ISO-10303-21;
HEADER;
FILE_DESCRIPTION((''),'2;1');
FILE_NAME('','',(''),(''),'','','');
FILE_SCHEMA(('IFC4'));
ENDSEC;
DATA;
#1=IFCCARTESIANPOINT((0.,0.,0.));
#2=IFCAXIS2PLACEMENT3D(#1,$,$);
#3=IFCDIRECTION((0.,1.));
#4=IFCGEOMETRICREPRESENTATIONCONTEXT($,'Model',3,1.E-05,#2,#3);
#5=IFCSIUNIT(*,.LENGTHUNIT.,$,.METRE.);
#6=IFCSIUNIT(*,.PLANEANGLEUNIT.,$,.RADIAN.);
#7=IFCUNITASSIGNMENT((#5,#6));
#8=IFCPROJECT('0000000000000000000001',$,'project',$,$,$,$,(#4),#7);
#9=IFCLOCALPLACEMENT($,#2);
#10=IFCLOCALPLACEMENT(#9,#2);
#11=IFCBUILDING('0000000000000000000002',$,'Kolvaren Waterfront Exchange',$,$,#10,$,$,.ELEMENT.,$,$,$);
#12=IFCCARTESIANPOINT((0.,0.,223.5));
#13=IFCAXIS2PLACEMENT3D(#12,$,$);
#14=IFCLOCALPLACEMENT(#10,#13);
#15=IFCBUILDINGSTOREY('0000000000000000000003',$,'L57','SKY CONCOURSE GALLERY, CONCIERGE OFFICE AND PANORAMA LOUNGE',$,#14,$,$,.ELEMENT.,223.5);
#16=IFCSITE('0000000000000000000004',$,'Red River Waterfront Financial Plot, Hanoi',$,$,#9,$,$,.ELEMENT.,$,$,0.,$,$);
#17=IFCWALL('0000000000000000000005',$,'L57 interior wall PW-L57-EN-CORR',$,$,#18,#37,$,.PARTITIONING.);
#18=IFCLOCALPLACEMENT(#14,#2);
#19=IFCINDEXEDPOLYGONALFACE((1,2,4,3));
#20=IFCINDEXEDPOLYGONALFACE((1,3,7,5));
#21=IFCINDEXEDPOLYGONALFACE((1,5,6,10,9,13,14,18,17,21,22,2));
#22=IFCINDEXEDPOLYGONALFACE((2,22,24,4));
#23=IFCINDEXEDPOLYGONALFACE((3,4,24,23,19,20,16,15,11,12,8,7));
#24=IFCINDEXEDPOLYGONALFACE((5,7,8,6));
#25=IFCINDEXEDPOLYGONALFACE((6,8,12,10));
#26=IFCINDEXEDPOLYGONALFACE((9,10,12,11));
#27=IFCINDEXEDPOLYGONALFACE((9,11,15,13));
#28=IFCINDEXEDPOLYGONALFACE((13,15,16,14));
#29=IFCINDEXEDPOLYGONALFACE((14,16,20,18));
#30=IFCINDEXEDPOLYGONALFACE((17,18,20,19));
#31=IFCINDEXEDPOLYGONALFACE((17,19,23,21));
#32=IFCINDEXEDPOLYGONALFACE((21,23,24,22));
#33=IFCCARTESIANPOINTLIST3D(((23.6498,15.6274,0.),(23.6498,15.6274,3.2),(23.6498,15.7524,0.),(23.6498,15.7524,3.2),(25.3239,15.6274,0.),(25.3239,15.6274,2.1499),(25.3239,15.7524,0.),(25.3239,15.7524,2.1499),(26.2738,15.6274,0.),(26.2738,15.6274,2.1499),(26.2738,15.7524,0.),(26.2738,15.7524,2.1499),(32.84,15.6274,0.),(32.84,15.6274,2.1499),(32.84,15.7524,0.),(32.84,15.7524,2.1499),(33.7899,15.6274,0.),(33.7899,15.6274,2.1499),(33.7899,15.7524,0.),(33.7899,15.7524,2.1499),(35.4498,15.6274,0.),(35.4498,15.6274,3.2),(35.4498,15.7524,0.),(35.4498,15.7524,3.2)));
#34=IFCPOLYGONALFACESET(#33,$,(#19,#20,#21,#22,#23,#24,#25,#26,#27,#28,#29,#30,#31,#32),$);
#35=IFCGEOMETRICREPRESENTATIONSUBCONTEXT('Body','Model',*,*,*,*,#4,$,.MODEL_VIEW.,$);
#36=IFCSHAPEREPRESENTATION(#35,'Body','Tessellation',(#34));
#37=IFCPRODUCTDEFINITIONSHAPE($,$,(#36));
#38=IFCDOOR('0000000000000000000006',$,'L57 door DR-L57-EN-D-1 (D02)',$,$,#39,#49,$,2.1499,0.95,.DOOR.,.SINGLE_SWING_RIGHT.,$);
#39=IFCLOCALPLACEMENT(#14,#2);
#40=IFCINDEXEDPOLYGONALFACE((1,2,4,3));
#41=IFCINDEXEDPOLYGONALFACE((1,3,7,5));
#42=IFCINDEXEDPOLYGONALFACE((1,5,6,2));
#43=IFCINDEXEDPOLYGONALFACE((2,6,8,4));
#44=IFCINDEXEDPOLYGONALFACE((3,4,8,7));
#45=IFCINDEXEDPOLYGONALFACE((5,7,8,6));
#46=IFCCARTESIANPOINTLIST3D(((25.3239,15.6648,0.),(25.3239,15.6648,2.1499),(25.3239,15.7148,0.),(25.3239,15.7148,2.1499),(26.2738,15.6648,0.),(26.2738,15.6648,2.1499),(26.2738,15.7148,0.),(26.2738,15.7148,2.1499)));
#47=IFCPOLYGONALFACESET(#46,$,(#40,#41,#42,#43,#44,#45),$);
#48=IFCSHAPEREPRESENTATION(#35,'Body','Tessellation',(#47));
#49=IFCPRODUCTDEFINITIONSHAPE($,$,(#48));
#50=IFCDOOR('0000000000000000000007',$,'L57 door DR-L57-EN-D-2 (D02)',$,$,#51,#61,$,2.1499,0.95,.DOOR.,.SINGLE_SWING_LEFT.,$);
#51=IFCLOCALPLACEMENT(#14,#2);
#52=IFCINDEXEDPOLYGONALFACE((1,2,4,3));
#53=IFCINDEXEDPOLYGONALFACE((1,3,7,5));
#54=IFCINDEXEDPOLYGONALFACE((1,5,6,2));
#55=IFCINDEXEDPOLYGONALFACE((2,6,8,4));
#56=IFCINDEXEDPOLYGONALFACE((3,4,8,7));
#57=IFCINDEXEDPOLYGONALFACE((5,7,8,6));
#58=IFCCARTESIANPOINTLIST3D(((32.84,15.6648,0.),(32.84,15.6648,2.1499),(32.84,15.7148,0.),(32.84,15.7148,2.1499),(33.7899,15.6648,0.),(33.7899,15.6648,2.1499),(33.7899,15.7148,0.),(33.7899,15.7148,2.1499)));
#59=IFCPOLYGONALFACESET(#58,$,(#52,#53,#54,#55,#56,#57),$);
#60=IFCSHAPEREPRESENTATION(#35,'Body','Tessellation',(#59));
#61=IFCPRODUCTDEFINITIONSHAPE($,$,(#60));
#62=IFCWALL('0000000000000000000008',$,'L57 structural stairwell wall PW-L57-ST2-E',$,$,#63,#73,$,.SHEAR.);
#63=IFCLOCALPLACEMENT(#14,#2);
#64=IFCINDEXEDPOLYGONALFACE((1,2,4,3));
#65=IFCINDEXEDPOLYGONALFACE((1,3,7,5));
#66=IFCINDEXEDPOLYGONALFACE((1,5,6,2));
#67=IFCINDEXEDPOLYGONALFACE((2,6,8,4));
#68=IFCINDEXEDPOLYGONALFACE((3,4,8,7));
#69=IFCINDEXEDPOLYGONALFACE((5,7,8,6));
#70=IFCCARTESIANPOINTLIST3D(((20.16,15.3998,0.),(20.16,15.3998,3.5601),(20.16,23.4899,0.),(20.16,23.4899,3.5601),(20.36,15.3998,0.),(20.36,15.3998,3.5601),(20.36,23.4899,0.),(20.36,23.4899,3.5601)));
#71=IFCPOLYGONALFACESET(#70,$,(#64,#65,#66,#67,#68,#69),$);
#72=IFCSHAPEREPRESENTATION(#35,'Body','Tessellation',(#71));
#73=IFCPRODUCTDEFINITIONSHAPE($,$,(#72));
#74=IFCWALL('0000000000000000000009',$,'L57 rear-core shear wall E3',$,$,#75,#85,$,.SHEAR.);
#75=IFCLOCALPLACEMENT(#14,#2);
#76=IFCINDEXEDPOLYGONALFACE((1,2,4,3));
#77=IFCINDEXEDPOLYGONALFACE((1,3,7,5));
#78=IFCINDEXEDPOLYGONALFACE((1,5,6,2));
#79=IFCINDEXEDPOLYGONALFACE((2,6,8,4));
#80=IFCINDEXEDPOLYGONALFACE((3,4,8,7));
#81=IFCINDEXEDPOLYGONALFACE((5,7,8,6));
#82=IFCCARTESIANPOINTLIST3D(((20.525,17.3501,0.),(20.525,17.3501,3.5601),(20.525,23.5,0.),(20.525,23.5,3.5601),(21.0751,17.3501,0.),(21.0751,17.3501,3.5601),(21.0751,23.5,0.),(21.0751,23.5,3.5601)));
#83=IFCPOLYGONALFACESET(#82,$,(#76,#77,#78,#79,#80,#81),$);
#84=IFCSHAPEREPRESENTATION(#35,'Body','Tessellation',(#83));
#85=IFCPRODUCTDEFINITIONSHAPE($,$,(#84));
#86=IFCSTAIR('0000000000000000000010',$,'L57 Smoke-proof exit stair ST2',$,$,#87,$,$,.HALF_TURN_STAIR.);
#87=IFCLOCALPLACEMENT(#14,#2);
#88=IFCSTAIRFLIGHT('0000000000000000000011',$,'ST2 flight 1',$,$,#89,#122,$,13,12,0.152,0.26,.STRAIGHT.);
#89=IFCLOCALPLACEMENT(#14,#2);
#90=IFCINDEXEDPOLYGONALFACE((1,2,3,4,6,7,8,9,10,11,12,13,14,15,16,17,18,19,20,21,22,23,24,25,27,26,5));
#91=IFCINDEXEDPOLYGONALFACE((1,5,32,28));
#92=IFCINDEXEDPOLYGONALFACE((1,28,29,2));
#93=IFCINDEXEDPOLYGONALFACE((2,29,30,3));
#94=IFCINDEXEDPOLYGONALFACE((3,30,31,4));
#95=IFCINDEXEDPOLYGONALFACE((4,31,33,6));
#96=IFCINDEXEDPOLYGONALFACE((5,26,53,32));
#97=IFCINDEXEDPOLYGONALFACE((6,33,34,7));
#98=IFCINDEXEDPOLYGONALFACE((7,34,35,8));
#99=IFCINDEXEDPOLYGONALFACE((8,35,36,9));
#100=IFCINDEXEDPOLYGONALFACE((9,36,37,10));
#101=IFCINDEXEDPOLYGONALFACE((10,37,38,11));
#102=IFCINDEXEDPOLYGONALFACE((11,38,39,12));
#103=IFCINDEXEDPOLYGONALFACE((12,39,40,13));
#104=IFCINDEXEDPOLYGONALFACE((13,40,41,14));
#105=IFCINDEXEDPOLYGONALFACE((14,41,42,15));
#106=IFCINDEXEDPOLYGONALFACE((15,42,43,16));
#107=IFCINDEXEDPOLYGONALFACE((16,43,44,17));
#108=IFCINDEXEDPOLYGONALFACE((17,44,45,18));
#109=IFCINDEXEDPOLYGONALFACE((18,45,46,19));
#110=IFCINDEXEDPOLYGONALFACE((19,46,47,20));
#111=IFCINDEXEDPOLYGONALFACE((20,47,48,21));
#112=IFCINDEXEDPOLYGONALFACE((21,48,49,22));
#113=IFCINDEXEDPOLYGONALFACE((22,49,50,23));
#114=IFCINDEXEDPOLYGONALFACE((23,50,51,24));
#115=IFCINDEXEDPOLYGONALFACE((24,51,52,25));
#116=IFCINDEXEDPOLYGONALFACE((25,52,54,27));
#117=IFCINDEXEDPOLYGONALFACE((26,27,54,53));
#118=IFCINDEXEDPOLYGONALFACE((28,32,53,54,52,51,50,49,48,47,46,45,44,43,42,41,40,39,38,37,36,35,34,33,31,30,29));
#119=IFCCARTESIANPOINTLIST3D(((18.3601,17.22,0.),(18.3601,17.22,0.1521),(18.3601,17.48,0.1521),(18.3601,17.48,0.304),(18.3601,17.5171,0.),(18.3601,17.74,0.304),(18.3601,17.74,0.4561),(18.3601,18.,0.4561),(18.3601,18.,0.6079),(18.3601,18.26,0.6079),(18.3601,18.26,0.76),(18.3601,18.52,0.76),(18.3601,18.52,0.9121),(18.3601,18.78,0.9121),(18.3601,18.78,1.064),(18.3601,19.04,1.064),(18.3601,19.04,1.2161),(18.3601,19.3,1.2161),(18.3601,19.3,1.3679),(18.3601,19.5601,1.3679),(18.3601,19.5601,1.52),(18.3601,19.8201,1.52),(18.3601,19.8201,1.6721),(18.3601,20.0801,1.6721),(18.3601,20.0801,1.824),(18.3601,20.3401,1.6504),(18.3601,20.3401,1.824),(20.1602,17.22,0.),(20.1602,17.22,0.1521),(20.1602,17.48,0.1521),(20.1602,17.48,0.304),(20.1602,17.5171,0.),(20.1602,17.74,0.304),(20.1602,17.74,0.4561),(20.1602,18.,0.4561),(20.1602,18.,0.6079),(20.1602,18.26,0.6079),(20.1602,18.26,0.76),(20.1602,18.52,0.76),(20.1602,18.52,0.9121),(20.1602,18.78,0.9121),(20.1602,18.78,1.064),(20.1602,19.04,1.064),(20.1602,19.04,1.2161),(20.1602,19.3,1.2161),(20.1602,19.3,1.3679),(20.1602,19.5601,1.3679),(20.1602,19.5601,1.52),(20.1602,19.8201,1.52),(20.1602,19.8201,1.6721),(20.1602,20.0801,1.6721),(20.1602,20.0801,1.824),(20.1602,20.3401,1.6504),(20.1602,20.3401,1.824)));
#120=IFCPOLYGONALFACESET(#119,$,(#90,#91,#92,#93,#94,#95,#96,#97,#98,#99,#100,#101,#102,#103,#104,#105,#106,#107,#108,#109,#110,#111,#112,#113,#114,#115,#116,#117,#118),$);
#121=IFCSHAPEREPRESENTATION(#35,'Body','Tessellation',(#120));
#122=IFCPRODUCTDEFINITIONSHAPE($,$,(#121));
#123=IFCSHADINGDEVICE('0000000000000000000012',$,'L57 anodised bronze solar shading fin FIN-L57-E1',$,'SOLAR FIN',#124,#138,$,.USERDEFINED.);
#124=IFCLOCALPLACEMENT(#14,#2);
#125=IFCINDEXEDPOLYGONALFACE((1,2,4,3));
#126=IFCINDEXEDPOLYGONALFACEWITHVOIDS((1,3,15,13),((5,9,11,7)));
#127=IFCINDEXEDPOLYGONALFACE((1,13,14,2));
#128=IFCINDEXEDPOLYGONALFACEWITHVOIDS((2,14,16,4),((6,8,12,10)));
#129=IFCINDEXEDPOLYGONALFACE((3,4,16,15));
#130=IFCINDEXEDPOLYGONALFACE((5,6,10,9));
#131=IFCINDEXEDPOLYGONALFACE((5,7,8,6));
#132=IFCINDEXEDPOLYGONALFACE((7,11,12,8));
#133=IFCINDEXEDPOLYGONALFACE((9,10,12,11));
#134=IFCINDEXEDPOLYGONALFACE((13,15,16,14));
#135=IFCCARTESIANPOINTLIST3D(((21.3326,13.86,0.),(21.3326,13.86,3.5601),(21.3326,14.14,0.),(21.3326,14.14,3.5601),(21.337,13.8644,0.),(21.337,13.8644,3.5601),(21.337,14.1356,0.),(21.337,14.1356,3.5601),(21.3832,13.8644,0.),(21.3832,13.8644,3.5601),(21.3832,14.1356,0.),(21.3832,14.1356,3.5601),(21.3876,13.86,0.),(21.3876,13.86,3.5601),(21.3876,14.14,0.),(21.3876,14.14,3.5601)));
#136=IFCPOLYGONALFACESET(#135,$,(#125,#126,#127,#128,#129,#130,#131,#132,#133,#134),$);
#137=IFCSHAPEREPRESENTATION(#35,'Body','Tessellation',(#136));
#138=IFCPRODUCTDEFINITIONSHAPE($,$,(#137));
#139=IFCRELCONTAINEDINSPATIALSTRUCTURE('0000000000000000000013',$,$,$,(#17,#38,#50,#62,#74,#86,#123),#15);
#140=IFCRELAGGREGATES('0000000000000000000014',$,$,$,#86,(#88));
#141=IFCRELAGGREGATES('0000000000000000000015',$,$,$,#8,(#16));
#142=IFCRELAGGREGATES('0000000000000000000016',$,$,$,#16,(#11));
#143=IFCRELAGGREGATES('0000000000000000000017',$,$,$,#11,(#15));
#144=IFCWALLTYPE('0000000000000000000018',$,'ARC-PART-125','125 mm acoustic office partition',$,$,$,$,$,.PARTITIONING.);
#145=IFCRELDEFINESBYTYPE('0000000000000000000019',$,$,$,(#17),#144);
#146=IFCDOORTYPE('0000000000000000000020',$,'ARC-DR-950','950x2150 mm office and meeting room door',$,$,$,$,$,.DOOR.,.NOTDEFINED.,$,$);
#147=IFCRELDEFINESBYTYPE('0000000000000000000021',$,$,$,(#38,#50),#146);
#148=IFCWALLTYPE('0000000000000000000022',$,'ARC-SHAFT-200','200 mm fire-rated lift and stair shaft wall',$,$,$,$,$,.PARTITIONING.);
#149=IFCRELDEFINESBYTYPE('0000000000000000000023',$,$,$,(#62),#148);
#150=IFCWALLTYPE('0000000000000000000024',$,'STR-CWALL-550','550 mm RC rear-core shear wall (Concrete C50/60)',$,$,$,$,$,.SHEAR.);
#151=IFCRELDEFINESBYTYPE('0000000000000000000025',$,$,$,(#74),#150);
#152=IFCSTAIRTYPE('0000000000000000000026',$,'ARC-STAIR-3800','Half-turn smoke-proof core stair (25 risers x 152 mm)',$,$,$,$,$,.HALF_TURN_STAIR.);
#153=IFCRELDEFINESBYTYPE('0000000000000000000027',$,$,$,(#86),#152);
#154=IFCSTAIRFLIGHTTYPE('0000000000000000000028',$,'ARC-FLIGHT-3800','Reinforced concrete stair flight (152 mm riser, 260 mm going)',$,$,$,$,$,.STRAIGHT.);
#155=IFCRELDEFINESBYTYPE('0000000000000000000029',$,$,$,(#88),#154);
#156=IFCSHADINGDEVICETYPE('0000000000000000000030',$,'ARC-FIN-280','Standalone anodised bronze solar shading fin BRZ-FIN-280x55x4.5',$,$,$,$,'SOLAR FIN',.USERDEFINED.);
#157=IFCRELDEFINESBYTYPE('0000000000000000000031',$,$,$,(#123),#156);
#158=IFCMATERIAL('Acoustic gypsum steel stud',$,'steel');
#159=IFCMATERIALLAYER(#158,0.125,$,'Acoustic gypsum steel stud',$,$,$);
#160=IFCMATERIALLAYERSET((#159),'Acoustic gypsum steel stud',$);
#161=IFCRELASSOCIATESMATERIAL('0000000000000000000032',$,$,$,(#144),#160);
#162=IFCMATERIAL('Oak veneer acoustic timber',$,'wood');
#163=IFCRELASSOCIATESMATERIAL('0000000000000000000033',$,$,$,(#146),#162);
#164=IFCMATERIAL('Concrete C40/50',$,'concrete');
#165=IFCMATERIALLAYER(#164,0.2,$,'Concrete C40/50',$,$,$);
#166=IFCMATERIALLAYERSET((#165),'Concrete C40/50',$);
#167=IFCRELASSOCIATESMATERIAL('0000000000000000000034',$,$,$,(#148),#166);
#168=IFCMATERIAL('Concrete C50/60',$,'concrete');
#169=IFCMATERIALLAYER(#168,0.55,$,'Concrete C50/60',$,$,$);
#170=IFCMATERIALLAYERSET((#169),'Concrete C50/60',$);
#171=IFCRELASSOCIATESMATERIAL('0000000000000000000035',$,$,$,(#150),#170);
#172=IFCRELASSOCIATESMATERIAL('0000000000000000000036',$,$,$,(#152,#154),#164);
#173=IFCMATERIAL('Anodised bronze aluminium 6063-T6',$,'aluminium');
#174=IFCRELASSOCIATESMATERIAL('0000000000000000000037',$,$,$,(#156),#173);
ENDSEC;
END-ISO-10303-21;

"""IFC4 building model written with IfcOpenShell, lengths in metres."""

from ifc_helpers import new_model, si_unit, direction, frame, frame_2d, origin, origin_2d, place, context, subcontext, project, spatial, polyline, rectangle, hollow_rectangle, outline, extrude, material, layer, layer_set, material_profile, profile_set, type_object, element, fill, aggregate, save


model = new_model("IFC4")

# Units and contexts
model_context = context("Model", 3, precision=1e-05, world=origin(), true_north=direction((0.0, 1.0)))
body_context = subcontext(model_context, "Body", "Model", "MODEL_VIEW")
ifc_project = project(units=[si_unit("LENGTHUNIT", "METRE"), si_unit("PLANEANGLEUNIT", "RADIAN")], contexts=[model_context])

# Site, building, storey
site_placement = place(None, origin())
site = spatial("IfcSite", under=ifc_project, at=site_placement, Name="Red River Waterfront Financial Plot, Hanoi", CompositionType="ELEMENT", RefElevation=0.0)
building_placement = place(site_placement, origin())
building = spatial("IfcBuilding", under=site, at=building_placement, Name="Kolvaren Waterfront Exchange", CompositionType="ELEMENT")
storey_placement = place(building_placement, frame((0.0, 0.0, 223.5)))
storey = spatial("IfcBuildingStorey", under=building, at=storey_placement, Name="L57", Description="SKY CONCOURSE GALLERY, CONCIERGE OFFICE AND PANORAMA LOUNGE", CompositionType="ELEMENT", Elevation=223.5)

# Shared definitions
ifc_material_1 = material(Name="Concrete C50/60", Category="concrete")

# Shared definitions
ifc_material_2 = material(Name="Anodised bronze aluminium 6063-T6", Category="aluminium")

# Shared definitions
ifc_material_3 = material(Name="Acoustic gypsum steel stud", Category="steel")
ifc_layer_1 = layer(ifc_material_3, 0.125, Name="Acoustic gypsum steel stud")
ifc_layer_set_1 = layer_set([ifc_layer_1], Name="Acoustic gypsum steel stud")
wall_type_1 = type_object("IfcWallType", Name="ARC-PART-125", Description="125 mm acoustic office partition", PredefinedType="PARTITIONING", material=ifc_layer_set_1)
ifc_material_4 = material(Name="Oak veneer acoustic timber", Category="wood")
door_type = type_object("IfcDoorType", Name="ARC-DR-950", Description="950x2150 mm office and meeting room door", OperationType="NOTDEFINED", PredefinedType="DOOR", material=ifc_material_4)

# Wall, openings, doors
wall_1_placement = place(storey_placement, frame((23.6499, 15.6899, 0.0), z_axis=(0.0, 0.0, 1.0), x_axis=(1.0, 0.0, 0.0)))
wall_1 = element("IfcWall", 1, at=wall_1_placement, inside=storey, type_object=wall_type_1, Name="L57 interior wall PW-L57-EN-CORR", PredefinedType="PARTITIONING", context=body_context, shape_type="SweptSolid", body=[
    extrude(rectangle(XDim=11.8, YDim=0.125, at=frame_2d((5.8999, 0.0))), origin(), (0.0, 0.0, 1.0), 3.2),
])
opening_1_placement = place(wall_1_placement, frame((1.6738, 0.0, 0.0)))
opening_1 = element("IfcOpeningElement", 2, at=opening_1_placement, cuts=wall_1, PredefinedType="OPENING", context=body_context, shape_type="SweptSolid", body=[
    extrude(rectangle(XDim=0.95, YDim=2.1499, at=frame_2d((0.4751, 1.075))), frame((0.0, 0.0725, 0.0), z_axis=(0.0, -1.0, 0.0), x_axis=(1.0, 0.0, 0.0)), (0.0, 0.0, 1.0), 0.145),
])
opening_2_placement = place(wall_1_placement, frame((9.1899, 0.0, 0.0)))
opening_2 = element("IfcOpeningElement", 3, at=opening_2_placement, cuts=wall_1, PredefinedType="OPENING", context=body_context, shape_type="SweptSolid", body=[
    extrude(rectangle(XDim=0.95, YDim=2.1499, at=frame_2d((0.4751, 1.075))), frame((0.0, 0.0725, 0.0), z_axis=(0.0, -1.0, 0.0), x_axis=(1.0, 0.0, 0.0)), (0.0, 0.0, 1.0), 0.145),
])
door_1_placement = place(opening_1_placement, origin())
door_1 = element("IfcDoor", 4, at=door_1_placement, inside=storey, type_object=door_type, Name="L57 door DR-L57-EN-D-1 (D02)", OperationType="SINGLE_SWING_RIGHT", OverallHeight=2.1499, OverallWidth=0.95, PredefinedType="DOOR", context=body_context, shape_type="SweptSolid", body=[
    extrude(rectangle(XDim=0.95, YDim=2.1499, at=frame_2d((0.4751, 1.075))), frame((0.0, 0.0249, 0.0), z_axis=(0.0, -1.0, 0.0), x_axis=(1.0, 0.0, 0.0)), (0.0, 0.0, 1.0), 0.05),
])
fill(opening_1, door_1)
door_2_placement = place(opening_2_placement, origin())
door_2 = element("IfcDoor", 5, at=door_2_placement, inside=storey, type_object=door_type, Name="L57 door DR-L57-EN-D-2 (D02)", OperationType="SINGLE_SWING_LEFT", OverallHeight=2.1499, OverallWidth=0.95, PredefinedType="DOOR", context=body_context, shape_type="SweptSolid", body=[
    extrude(rectangle(XDim=0.95, YDim=2.1499, at=frame_2d((0.4751, 1.075))), frame((0.0, 0.0249, 0.0), z_axis=(0.0, -1.0, 0.0), x_axis=(1.0, 0.0, 0.0)), (0.0, 0.0, 1.0), 0.05),
])
fill(opening_2, door_2)

# Walls
ifc_material_5 = material(Name="Concrete C40/50", Category="concrete")
ifc_layer_2 = layer(ifc_material_5, 0.2, Name="Concrete C40/50")
ifc_layer_set_2 = layer_set([ifc_layer_2], Name="Concrete C40/50")
wall_type_2 = type_object("IfcWallType", Name="ARC-SHAFT-200", Description="200 mm fire-rated lift and stair shaft wall", PredefinedType="PARTITIONING", material=ifc_layer_set_2)
wall_2_placement = place(storey_placement, frame((20.26, 15.3999, 0.0), z_axis=(0.0, 0.0, 1.0), x_axis=(0.0, 1.0, 0.0)))
element("IfcWall", 6, at=wall_2_placement, inside=storey, type_object=wall_type_2, Name="L57 structural stairwell wall PW-L57-ST2-E", PredefinedType="SHEAR", context=body_context, shape_type="SweptSolid", body=[
    extrude(rectangle(XDim=8.0901, YDim=0.2, at=frame_2d((4.0449, 0.0))), origin(), (0.0, 0.0, 1.0), 3.5601),
])
ifc_layer_3 = layer(ifc_material_1, 0.55, Name="Concrete C50/60")
ifc_layer_set_3 = layer_set([ifc_layer_3], Name="Concrete C50/60")
wall_type_3 = type_object("IfcWallType", Name="STR-CWALL-550", Description="550 mm RC rear-core shear wall (Concrete C50/60)", PredefinedType="SHEAR", material=ifc_layer_set_3)
wall_3_placement = place(storey_placement, frame((20.8, 17.3501, 0.0), z_axis=(0.0, 0.0, 1.0), x_axis=(0.0, 1.0, 0.0)))
element("IfcWall", 7, at=wall_3_placement, inside=storey, type_object=wall_type_3, Name="L57 rear-core shear wall E3", PredefinedType="SHEAR", context=body_context, shape_type="SweptSolid", body=[
    extrude(rectangle(XDim=6.1499, YDim=0.55, at=frame_2d((3.075, 0.0))), origin(), (0.0, 0.0, 1.0), 3.5601),
])

# Stair, stair flight
stair_type = type_object("IfcStairType", Name="ARC-STAIR-3800", Description="Half-turn smoke-proof core stair (25 risers x 152 mm)", PredefinedType="HALF_TURN_STAIR", material=ifc_material_5)
stair_placement = place(storey_placement, origin())
stair = element("IfcStair", 8, at=stair_placement, inside=storey, type_object=stair_type, Name="L57 Smoke-proof exit stair ST2", PredefinedType="HALF_TURN_STAIR")
stair_flight_type = type_object("IfcStairFlightType", Name="ARC-FLIGHT-3800", Description="Reinforced concrete stair flight (152 mm riser, 260 mm going)", PredefinedType="STRAIGHT", material=ifc_material_5)
stair_flight_placement = place(storey_placement, frame((19.26, 17.22, 0.0), z_axis=(0.0, 0.0, 1.0), x_axis=(0.0, 1.0, 0.0)))
stair_flight = element("IfcStairFlight", 9, at=stair_flight_placement, type_object=stair_flight_type, Name="ST2 flight 1", NumberOfRisers=13, NumberOfTreads=12, PredefinedType="STRAIGHT", RiserHeight=0.152, TreadLength=0.26, context=body_context, shape_type="SweptSolid", body=[
    extrude(outline(polyline([(0.0, 0.0), (0.0, 0.1521), (0.26, 0.1521), (0.26, 0.304), (0.52, 0.304), (0.52, 0.4561), (0.78, 0.4561), (0.78, 0.6079), (1.04, 0.6079), (1.04, 0.76), (1.3, 0.76), (1.3, 0.9121), (1.5601, 0.9121), (1.5601, 1.064), (1.8201, 1.064), (1.8201, 1.2161), (2.0801, 1.2161), (2.0801, 1.3679), (2.3401, 1.3679), (2.3401, 1.52), (2.6001, 1.52), (2.6001, 1.6721), (2.8601, 1.6721), (2.8601, 1.824), (3.1201, 1.824), (3.1201, 1.9761), (3.1201, 1.6504), (0.2971, 0.0), (0.0, 0.0)])), frame((0.0, 0.8999, 0.0), z_axis=(0.0, -1.0, 0.0), x_axis=(1.0, 0.0, 0.0)), (0.0, 0.0, 1.0), 1.8),
])
aggregate(stair, [stair_flight])

# Shading device
ifc_material_profile_1 = material_profile(ifc_material_2, hollow_rectangle(XDim=0.0549, YDim=0.28, WallThickness=0.0044, at=origin_2d()), Name="BRZ-FIN-280x55x4.5")
ifc_profile_set_1 = profile_set([ifc_material_profile_1], Name="Anodised bronze aluminium 6063-T6")
shading_device_type = type_object("IfcShadingDeviceType", Name="ARC-FIN-280", Description="Standalone anodised bronze solar shading fin BRZ-FIN-280x55x4.5", ElementType="SOLAR FIN", PredefinedType="USERDEFINED", material=ifc_profile_set_1)
shading_device_placement = place(storey_placement, frame((21.3601, 14.0, 0.0), z_axis=(0.0, 0.0, 1.0), x_axis=(1.0, 0.0, 0.0)))
element("IfcShadingDevice", 10, at=shading_device_placement, inside=storey, type_object=shading_device_type, Name="L57 anodised bronze solar shading fin FIN-L57-E1", ObjectType="SOLAR FIN", PredefinedType="USERDEFINED", context=body_context, shape_type="SweptSolid", body=[
    extrude(hollow_rectangle(XDim=0.0549, YDim=0.28, WallThickness=0.0044, at=origin_2d()), origin(), (0.0, 0.0, 1.0), 3.5601),
])

save(model, "model.ifc")
